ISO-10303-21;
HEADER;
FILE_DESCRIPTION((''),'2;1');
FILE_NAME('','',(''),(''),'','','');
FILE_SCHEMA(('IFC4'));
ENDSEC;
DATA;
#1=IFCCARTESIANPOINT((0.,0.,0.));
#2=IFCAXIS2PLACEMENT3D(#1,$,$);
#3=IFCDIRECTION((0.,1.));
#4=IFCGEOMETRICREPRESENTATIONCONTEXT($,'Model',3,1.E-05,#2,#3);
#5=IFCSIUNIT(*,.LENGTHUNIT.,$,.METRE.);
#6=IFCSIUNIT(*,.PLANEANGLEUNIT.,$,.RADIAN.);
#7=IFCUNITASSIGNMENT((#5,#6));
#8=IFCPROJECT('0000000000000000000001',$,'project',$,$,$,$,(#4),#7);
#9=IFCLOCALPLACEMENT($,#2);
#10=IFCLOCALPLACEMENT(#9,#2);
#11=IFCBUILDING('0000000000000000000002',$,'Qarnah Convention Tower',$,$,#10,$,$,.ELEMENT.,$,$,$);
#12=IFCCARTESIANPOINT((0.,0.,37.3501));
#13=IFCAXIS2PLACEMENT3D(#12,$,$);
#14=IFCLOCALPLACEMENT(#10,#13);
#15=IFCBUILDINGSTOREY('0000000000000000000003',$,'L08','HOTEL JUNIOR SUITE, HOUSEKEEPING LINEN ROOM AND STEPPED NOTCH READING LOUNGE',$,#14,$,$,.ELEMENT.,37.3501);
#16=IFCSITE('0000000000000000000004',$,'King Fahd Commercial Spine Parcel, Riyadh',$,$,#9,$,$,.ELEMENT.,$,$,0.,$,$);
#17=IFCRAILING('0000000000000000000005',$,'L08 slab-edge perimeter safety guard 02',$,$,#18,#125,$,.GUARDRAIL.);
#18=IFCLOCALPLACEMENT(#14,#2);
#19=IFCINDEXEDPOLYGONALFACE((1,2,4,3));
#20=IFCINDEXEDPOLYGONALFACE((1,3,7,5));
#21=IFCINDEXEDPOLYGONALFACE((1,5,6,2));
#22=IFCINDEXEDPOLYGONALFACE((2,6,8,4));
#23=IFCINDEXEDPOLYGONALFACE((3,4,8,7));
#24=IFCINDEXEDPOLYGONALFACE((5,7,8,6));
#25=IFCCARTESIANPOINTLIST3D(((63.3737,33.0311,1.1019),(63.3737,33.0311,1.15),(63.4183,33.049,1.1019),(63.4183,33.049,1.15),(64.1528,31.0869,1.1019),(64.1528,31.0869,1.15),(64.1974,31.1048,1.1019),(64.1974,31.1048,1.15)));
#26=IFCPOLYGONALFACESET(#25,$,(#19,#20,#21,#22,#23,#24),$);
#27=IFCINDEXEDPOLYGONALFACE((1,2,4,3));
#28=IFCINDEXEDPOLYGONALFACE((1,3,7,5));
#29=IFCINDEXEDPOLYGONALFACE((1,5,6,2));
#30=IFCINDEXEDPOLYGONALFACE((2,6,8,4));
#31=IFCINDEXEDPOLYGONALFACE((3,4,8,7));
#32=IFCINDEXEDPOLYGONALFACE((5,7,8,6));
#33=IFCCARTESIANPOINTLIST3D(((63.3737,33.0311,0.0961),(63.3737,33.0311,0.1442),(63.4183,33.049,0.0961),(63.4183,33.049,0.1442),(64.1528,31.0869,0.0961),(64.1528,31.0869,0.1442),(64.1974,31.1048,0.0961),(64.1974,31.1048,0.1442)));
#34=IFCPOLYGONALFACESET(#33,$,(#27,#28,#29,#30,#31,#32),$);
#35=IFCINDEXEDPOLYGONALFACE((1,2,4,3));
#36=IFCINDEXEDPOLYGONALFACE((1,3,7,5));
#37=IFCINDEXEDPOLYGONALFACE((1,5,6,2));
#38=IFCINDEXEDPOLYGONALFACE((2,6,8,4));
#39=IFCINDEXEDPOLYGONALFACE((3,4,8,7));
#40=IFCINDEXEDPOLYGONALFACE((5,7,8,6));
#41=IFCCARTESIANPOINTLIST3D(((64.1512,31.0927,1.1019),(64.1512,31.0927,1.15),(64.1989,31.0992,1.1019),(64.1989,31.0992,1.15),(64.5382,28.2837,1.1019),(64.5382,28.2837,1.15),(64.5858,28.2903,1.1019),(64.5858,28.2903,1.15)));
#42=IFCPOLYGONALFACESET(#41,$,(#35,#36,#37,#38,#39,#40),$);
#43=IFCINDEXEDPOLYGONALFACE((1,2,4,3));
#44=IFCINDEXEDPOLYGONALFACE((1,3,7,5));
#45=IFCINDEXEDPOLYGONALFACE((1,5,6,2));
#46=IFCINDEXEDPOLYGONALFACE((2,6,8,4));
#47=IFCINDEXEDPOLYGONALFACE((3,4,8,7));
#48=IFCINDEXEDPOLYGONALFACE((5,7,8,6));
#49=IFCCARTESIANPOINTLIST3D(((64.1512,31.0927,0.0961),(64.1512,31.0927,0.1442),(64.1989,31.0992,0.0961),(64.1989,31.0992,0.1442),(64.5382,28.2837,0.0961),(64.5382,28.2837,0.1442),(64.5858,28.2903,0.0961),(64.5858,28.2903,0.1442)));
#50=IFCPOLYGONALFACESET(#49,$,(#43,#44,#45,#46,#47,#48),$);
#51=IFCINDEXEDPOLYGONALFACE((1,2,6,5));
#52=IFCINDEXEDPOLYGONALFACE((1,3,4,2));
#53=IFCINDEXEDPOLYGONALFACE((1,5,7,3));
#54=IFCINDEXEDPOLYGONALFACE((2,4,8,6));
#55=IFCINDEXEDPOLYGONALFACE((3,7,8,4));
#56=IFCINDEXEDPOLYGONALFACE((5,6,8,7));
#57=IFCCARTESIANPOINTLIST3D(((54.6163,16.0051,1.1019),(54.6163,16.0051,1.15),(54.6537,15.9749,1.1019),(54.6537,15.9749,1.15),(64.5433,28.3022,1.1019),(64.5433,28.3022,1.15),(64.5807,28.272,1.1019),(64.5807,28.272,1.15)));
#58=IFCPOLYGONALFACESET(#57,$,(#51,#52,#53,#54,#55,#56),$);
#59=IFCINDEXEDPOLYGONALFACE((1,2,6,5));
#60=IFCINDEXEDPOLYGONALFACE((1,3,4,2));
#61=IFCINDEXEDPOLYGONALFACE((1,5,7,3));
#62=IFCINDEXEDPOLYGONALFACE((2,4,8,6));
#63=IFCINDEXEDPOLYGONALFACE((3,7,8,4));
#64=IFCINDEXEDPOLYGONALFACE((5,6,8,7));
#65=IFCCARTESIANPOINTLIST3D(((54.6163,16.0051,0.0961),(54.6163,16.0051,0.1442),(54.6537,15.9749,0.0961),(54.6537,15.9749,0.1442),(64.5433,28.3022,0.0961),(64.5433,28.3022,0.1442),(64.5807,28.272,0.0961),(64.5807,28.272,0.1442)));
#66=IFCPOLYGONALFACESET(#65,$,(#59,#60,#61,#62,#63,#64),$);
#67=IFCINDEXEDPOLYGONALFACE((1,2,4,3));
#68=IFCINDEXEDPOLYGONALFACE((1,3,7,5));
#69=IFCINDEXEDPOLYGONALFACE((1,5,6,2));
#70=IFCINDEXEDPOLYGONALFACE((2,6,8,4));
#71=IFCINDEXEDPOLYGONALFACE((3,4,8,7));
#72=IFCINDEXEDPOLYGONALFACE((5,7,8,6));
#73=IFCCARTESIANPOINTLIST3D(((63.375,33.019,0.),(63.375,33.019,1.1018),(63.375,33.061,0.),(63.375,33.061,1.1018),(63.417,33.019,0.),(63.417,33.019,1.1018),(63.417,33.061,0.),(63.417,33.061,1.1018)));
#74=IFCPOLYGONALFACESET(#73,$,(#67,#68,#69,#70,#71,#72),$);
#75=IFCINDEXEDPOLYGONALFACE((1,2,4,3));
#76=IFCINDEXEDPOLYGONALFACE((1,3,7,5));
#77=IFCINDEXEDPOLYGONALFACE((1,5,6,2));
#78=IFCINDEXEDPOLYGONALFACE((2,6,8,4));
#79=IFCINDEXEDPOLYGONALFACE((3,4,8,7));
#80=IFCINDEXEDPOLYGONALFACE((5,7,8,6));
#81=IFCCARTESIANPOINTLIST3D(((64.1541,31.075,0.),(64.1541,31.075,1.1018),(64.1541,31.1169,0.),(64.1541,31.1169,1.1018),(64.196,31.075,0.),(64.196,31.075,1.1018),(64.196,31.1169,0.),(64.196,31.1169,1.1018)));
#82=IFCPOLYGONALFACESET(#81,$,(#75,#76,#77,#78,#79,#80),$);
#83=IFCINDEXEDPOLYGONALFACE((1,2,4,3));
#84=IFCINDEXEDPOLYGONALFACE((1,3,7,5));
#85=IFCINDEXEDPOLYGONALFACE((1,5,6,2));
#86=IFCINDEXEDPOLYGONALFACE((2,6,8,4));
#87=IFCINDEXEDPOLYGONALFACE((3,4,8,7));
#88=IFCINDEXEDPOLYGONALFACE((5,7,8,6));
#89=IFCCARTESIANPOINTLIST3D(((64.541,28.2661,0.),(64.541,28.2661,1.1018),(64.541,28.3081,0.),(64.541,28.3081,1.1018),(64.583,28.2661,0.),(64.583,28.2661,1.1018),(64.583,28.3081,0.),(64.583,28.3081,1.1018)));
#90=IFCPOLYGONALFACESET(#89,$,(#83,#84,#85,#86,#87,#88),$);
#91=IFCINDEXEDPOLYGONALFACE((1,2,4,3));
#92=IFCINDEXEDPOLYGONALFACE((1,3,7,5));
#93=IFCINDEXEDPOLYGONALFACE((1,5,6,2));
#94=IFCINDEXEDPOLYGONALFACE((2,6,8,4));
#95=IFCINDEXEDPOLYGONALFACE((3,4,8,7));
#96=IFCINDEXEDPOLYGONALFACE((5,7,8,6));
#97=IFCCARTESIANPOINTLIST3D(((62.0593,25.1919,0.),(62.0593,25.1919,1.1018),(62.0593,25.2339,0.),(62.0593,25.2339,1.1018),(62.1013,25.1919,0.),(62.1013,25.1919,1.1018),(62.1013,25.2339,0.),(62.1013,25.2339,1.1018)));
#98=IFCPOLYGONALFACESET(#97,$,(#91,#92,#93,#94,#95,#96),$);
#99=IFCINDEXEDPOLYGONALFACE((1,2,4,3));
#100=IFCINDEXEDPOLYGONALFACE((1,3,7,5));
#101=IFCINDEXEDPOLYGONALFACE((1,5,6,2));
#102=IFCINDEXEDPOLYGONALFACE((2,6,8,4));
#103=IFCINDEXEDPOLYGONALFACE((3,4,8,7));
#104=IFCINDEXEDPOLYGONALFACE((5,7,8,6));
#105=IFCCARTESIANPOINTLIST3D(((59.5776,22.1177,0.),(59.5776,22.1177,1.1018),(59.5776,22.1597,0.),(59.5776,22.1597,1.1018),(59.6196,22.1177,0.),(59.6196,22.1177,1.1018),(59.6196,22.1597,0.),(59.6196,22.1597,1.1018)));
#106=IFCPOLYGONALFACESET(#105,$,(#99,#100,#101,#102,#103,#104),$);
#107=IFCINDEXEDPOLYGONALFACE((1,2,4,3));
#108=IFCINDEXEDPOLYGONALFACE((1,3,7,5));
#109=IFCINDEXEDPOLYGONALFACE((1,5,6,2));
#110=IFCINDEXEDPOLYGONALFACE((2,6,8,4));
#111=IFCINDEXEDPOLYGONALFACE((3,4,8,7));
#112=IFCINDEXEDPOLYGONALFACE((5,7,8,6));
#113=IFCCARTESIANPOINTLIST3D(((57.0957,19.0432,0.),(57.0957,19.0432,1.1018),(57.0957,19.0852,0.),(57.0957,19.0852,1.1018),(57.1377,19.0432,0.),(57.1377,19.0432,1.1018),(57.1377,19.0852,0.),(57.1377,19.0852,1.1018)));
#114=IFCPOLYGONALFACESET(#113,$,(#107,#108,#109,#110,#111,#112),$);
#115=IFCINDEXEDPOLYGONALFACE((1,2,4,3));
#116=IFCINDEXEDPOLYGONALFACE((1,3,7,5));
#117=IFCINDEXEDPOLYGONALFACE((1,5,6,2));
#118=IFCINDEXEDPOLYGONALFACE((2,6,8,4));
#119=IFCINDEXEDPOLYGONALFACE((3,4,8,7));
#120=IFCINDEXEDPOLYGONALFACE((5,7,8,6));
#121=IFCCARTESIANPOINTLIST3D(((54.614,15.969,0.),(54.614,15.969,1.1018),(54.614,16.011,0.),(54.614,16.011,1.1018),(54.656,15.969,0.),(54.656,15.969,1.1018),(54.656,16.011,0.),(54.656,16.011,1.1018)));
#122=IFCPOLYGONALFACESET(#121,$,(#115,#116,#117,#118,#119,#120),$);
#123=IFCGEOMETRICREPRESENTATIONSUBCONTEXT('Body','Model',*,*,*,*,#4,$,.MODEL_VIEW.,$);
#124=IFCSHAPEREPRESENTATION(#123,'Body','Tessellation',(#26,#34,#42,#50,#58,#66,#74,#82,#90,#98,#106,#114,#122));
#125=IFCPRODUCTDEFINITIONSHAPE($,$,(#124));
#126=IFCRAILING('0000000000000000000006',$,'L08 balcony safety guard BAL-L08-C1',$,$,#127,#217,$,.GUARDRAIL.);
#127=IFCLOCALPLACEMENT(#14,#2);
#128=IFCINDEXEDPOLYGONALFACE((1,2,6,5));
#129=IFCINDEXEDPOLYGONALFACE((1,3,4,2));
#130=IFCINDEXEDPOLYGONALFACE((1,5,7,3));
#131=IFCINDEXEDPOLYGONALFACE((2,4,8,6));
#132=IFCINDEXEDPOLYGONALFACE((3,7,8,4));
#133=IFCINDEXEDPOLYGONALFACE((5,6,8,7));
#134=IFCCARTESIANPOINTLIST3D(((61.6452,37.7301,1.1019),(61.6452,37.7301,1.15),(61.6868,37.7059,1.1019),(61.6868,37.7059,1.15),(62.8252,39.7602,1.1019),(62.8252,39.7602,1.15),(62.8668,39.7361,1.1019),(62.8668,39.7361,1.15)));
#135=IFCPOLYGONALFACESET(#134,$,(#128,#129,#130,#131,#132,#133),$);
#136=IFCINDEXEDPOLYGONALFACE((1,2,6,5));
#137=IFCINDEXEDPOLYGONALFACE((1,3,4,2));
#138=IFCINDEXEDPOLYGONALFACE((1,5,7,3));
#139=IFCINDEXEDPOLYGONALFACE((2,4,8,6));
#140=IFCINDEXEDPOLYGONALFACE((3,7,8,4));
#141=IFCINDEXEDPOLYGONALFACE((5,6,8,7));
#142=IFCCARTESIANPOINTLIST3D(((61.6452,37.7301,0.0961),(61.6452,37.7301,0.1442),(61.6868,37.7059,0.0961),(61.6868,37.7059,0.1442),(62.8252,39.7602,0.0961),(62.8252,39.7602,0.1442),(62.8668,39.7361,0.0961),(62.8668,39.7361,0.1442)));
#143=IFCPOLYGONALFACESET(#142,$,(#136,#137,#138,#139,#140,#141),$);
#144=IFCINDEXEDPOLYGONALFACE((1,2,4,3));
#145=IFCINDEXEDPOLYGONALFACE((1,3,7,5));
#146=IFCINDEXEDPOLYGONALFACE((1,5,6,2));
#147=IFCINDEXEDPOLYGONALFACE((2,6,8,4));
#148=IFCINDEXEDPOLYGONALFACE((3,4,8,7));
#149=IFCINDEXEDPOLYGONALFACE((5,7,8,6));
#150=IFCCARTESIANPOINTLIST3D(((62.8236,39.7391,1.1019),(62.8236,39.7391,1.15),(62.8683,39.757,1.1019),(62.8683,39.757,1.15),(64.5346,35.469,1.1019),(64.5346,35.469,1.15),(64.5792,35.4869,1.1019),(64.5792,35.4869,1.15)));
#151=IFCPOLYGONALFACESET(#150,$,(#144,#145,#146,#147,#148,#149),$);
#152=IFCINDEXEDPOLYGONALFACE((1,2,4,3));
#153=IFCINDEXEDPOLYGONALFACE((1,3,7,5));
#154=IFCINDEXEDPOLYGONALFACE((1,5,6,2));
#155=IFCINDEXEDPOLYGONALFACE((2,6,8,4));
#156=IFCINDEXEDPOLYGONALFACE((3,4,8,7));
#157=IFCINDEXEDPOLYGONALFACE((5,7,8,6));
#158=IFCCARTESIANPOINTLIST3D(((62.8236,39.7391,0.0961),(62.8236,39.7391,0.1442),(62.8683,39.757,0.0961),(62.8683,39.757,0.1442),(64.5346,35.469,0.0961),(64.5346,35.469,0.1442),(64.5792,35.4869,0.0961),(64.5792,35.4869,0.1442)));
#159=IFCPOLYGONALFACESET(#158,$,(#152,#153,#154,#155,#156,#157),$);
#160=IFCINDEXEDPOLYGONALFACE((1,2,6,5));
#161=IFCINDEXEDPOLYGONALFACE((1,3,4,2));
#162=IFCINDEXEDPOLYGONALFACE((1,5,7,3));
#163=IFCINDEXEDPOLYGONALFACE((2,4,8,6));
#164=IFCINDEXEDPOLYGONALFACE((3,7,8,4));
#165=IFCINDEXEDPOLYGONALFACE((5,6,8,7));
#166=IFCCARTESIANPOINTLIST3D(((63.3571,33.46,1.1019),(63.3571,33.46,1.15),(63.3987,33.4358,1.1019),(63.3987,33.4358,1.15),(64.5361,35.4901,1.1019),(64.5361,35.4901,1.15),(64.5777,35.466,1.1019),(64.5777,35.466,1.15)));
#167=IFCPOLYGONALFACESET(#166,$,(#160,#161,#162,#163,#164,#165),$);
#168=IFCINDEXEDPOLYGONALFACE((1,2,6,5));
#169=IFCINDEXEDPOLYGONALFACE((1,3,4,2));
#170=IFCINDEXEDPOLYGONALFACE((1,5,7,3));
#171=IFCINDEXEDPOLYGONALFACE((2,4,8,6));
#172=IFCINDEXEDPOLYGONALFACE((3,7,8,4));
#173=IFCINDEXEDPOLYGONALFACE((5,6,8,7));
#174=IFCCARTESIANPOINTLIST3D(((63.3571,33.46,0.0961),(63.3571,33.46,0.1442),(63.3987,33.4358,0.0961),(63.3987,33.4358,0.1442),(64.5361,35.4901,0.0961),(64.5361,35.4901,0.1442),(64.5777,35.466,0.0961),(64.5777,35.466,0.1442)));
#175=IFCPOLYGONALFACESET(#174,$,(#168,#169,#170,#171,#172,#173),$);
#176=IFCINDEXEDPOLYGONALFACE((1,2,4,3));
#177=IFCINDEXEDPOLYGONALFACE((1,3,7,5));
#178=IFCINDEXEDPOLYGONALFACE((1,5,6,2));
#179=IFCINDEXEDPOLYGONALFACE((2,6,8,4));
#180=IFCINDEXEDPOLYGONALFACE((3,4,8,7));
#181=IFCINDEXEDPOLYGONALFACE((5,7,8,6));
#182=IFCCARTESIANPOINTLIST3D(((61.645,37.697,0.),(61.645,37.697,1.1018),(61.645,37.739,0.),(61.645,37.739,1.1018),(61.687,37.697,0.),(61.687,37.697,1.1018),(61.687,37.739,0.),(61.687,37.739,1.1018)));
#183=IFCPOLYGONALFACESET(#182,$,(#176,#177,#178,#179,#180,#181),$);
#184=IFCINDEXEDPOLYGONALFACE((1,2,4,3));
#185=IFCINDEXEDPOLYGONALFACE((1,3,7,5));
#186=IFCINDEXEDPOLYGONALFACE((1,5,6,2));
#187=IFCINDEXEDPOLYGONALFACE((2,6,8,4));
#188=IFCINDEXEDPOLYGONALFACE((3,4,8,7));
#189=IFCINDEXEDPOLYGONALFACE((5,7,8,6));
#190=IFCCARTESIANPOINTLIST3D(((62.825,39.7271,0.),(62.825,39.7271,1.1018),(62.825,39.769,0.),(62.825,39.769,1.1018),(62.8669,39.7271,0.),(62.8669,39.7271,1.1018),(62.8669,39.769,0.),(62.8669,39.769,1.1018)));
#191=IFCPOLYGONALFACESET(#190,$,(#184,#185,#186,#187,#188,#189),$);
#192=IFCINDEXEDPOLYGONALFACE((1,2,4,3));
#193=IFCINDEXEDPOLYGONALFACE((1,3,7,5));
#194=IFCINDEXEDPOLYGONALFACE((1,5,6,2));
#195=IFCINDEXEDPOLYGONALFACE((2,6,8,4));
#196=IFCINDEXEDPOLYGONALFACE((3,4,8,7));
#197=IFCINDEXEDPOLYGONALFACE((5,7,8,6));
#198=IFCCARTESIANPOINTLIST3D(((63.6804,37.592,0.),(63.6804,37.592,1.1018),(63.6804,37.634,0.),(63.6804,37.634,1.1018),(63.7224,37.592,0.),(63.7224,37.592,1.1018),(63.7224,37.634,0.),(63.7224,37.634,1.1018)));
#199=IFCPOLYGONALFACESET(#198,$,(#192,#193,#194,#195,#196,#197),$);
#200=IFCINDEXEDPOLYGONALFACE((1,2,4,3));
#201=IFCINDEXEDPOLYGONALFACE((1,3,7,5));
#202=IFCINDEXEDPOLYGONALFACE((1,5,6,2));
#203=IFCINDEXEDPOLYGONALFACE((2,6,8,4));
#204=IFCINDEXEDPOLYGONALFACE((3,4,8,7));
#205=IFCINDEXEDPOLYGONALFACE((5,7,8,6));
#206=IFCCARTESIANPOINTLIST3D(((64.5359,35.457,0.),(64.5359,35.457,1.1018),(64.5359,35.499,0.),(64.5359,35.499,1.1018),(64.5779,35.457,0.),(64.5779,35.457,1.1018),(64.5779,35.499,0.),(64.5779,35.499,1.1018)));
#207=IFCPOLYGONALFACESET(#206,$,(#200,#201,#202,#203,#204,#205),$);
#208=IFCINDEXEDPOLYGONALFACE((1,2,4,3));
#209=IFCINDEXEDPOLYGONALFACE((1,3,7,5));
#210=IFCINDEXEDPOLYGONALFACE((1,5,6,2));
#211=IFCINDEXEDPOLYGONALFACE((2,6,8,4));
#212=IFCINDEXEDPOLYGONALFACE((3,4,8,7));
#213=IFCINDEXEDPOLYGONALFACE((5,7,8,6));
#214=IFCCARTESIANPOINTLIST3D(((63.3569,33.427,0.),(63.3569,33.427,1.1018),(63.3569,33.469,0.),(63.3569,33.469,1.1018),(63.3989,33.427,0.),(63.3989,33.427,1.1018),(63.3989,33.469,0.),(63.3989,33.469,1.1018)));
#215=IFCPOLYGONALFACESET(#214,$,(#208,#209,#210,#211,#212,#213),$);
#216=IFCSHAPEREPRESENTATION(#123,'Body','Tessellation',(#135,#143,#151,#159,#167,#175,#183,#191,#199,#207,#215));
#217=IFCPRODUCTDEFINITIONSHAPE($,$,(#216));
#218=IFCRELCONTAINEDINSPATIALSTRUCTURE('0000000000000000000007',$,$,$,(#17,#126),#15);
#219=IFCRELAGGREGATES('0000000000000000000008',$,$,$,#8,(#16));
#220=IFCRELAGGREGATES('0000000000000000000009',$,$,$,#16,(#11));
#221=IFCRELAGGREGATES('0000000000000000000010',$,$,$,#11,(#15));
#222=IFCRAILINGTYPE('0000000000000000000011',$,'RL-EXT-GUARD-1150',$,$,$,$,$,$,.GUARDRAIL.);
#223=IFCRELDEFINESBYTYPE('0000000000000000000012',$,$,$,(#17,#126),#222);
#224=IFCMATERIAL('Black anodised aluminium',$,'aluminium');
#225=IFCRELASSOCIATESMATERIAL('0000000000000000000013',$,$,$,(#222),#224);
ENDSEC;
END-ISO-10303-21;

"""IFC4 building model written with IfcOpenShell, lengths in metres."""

from ifc_helpers import new_model, si_unit, direction, frame, origin, origin_2d, place, context, subcontext, project, spatial, rectangle, extrude, material, type_object, element, save


model = new_model("IFC4")

# Units and contexts
model_context = context("Model", 3, precision=1e-05, world=origin(), true_north=direction((0.0, 1.0)))
body_context = subcontext(model_context, "Body", "Model", "MODEL_VIEW")
ifc_project = project(units=[si_unit("LENGTHUNIT", "METRE"), si_unit("PLANEANGLEUNIT", "RADIAN")], contexts=[model_context])

# Site, building, storey
site_placement = place(None, origin())
site = spatial("IfcSite", under=ifc_project, at=site_placement, Name="King Fahd Commercial Spine Parcel, Riyadh", CompositionType="ELEMENT", RefElevation=0.0)
building_placement = place(site_placement, origin())
building = spatial("IfcBuilding", under=site, at=building_placement, Name="Qarnah Convention Tower", CompositionType="ELEMENT")
storey_placement = place(building_placement, frame((0.0, 0.0, 37.3501)))
storey = spatial("IfcBuildingStorey", under=building, at=storey_placement, Name="L08", Description="HOTEL JUNIOR SUITE, HOUSEKEEPING LINEN ROOM AND STEPPED NOTCH READING LOUNGE", CompositionType="ELEMENT", Elevation=37.3501)

# Shared definitions
ifc_material_1 = material(Name="Black anodised aluminium", Category="aluminium")

# Railings
railing_type = type_object("IfcRailingType", Name="RL-EXT-GUARD-1150", PredefinedType="GUARDRAIL", material=ifc_material_1)
railing_1_placement = place(storey_placement, frame((63.396, 33.04, 0.0)))
element("IfcRailing", 1, at=railing_1_placement, inside=storey, type_object=railing_type, Name="L08 slab-edge perimeter safety guard 02", PredefinedType="GUARDRAIL", context=body_context, shape_type="SweptSolid", body=[
    extrude(rectangle(XDim=0.0481, YDim=0.0481, at=origin_2d()), frame((0.0, 0.0, 1.126), z_axis=(0.371973, -0.928243, 0.0), x_axis=(0.928243, 0.371973, 0.0)), (0.0, 0.0, 1.0), 2.0945),
    extrude(rectangle(XDim=0.0481, YDim=0.0481, at=origin_2d()), frame((0.0, 0.0, 0.1201), z_axis=(0.371973, -0.928243, 0.0), x_axis=(0.928243, 0.371973, 0.0)), (0.0, 0.0, 1.0), 2.0945),
    extrude(rectangle(XDim=0.0481, YDim=0.0481, at=origin_2d()), frame((0.7791, -1.9441, 1.126), z_axis=(0.136477, -0.990643, 0.0), x_axis=(0.990643, 0.136477, 0.0)), (0.0, 0.0, 1.0), 2.8354),
    extrude(rectangle(XDim=0.0481, YDim=0.0481, at=origin_2d()), frame((0.7791, -1.9441, 0.1201), z_axis=(0.136477, -0.990643, 0.0), x_axis=(0.990643, 0.136477, 0.0)), (0.0, 0.0, 1.0), 2.8354),
    extrude(rectangle(XDim=0.0481, YDim=0.0481, at=origin_2d()), frame((1.166, -4.7529, 1.126), z_axis=(-0.628135, -0.778105, 0.0), x_axis=(0.778105, -0.628135, 0.0)), (0.0, 0.0, 1.0), 15.804),
    extrude(rectangle(XDim=0.0481, YDim=0.0481, at=origin_2d()), frame((1.166, -4.7529, 0.1201), z_axis=(-0.628135, -0.778105, 0.0), x_axis=(0.778105, -0.628135, 0.0)), (0.0, 0.0, 1.0), 15.804),
    extrude(rectangle(XDim=0.042, YDim=0.042, at=origin_2d()), origin(), (0.0, 0.0, 1.0), 1.1018),
    extrude(rectangle(XDim=0.042, YDim=0.042, at=origin_2d()), frame((0.7791, -1.9441, 0.0)), (0.0, 0.0, 1.0), 1.1018),
    extrude(rectangle(XDim=0.042, YDim=0.042, at=origin_2d()), frame((1.166, -4.7529, 0.0)), (0.0, 0.0, 1.0), 1.1018),
    extrude(rectangle(XDim=0.042, YDim=0.042, at=origin_2d()), frame((-1.3157, -7.8271, 0.0)), (0.0, 0.0, 1.0), 1.1018),
    extrude(rectangle(XDim=0.042, YDim=0.042, at=origin_2d()), frame((-3.7974, -10.9014, 0.0)), (0.0, 0.0, 1.0), 1.1018),
    extrude(rectangle(XDim=0.042, YDim=0.042, at=origin_2d()), frame((-6.2793, -13.9758, 0.0)), (0.0, 0.0, 1.0), 1.1018),
    extrude(rectangle(XDim=0.042, YDim=0.042, at=origin_2d()), frame((-8.761, -17.05, 0.0)), (0.0, 0.0, 1.0), 1.1018),
])
railing_2_placement = place(storey_placement, frame((61.666, 37.718, 0.0)))
element("IfcRailing", 2, at=railing_2_placement, inside=storey, type_object=railing_type, Name="L08 balcony safety guard BAL-L08-C1", PredefinedType="GUARDRAIL", context=body_context, shape_type="SweptSolid", body=[
    extrude(rectangle(XDim=0.0481, YDim=0.0481, at=origin_2d()), frame((0.0, 0.0, 1.126), z_axis=(0.502519, 0.864566, 0.0), x_axis=(-0.864566, 0.502519, 0.0)), (0.0, 0.0, 1.0), 2.3481),
    extrude(rectangle(XDim=0.0481, YDim=0.0481, at=origin_2d()), frame((0.0, 0.0, 0.1201), z_axis=(0.502519, 0.864566, 0.0), x_axis=(-0.864566, 0.502519, 0.0)), (0.0, 0.0, 1.0), 2.3481),
    extrude(rectangle(XDim=0.0481, YDim=0.0481, at=origin_2d()), frame((1.1799, 2.03, 1.126), z_axis=(0.37194, -0.928257, 0.0), x_axis=(0.928257, 0.37194, 0.0)), (0.0, 0.0, 1.0), 4.6001),
    extrude(rectangle(XDim=0.0481, YDim=0.0481, at=origin_2d()), frame((1.1799, 2.03, 0.1201), z_axis=(0.37194, -0.928257, 0.0), x_axis=(0.928257, 0.37194, 0.0)), (0.0, 0.0, 1.0), 4.6001),
    extrude(rectangle(XDim=0.0481, YDim=0.0481, at=origin_2d()), frame((2.8909, -2.24, 1.126), z_axis=(-0.502208, -0.864747, 0.0), x_axis=(0.864747, -0.502208, 0.0)), (0.0, 0.0, 1.0), 2.3477),
    extrude(rectangle(XDim=0.0481, YDim=0.0481, at=origin_2d()), frame((2.8909, -2.24, 0.1201), z_axis=(-0.502208, -0.864747, 0.0), x_axis=(0.864747, -0.502208, 0.0)), (0.0, 0.0, 1.0), 2.3477),
    extrude(rectangle(XDim=0.042, YDim=0.042, at=origin_2d()), origin(), (0.0, 0.0, 1.0), 1.1018),
    extrude(rectangle(XDim=0.042, YDim=0.042, at=origin_2d()), frame((1.1799, 2.03, 0.0)), (0.0, 0.0, 1.0), 1.1018),
    extrude(rectangle(XDim=0.042, YDim=0.042, at=origin_2d()), frame((2.0354, -0.105, 0.0)), (0.0, 0.0, 1.0), 1.1018),
    extrude(rectangle(XDim=0.042, YDim=0.042, at=origin_2d()), frame((2.8909, -2.24, 0.0)), (0.0, 0.0, 1.0), 1.1018),
    extrude(rectangle(XDim=0.042, YDim=0.042, at=origin_2d()), frame((1.7119, -4.27, 0.0)), (0.0, 0.0, 1.0), 1.1018),
])

save(model, "model.ifc")
